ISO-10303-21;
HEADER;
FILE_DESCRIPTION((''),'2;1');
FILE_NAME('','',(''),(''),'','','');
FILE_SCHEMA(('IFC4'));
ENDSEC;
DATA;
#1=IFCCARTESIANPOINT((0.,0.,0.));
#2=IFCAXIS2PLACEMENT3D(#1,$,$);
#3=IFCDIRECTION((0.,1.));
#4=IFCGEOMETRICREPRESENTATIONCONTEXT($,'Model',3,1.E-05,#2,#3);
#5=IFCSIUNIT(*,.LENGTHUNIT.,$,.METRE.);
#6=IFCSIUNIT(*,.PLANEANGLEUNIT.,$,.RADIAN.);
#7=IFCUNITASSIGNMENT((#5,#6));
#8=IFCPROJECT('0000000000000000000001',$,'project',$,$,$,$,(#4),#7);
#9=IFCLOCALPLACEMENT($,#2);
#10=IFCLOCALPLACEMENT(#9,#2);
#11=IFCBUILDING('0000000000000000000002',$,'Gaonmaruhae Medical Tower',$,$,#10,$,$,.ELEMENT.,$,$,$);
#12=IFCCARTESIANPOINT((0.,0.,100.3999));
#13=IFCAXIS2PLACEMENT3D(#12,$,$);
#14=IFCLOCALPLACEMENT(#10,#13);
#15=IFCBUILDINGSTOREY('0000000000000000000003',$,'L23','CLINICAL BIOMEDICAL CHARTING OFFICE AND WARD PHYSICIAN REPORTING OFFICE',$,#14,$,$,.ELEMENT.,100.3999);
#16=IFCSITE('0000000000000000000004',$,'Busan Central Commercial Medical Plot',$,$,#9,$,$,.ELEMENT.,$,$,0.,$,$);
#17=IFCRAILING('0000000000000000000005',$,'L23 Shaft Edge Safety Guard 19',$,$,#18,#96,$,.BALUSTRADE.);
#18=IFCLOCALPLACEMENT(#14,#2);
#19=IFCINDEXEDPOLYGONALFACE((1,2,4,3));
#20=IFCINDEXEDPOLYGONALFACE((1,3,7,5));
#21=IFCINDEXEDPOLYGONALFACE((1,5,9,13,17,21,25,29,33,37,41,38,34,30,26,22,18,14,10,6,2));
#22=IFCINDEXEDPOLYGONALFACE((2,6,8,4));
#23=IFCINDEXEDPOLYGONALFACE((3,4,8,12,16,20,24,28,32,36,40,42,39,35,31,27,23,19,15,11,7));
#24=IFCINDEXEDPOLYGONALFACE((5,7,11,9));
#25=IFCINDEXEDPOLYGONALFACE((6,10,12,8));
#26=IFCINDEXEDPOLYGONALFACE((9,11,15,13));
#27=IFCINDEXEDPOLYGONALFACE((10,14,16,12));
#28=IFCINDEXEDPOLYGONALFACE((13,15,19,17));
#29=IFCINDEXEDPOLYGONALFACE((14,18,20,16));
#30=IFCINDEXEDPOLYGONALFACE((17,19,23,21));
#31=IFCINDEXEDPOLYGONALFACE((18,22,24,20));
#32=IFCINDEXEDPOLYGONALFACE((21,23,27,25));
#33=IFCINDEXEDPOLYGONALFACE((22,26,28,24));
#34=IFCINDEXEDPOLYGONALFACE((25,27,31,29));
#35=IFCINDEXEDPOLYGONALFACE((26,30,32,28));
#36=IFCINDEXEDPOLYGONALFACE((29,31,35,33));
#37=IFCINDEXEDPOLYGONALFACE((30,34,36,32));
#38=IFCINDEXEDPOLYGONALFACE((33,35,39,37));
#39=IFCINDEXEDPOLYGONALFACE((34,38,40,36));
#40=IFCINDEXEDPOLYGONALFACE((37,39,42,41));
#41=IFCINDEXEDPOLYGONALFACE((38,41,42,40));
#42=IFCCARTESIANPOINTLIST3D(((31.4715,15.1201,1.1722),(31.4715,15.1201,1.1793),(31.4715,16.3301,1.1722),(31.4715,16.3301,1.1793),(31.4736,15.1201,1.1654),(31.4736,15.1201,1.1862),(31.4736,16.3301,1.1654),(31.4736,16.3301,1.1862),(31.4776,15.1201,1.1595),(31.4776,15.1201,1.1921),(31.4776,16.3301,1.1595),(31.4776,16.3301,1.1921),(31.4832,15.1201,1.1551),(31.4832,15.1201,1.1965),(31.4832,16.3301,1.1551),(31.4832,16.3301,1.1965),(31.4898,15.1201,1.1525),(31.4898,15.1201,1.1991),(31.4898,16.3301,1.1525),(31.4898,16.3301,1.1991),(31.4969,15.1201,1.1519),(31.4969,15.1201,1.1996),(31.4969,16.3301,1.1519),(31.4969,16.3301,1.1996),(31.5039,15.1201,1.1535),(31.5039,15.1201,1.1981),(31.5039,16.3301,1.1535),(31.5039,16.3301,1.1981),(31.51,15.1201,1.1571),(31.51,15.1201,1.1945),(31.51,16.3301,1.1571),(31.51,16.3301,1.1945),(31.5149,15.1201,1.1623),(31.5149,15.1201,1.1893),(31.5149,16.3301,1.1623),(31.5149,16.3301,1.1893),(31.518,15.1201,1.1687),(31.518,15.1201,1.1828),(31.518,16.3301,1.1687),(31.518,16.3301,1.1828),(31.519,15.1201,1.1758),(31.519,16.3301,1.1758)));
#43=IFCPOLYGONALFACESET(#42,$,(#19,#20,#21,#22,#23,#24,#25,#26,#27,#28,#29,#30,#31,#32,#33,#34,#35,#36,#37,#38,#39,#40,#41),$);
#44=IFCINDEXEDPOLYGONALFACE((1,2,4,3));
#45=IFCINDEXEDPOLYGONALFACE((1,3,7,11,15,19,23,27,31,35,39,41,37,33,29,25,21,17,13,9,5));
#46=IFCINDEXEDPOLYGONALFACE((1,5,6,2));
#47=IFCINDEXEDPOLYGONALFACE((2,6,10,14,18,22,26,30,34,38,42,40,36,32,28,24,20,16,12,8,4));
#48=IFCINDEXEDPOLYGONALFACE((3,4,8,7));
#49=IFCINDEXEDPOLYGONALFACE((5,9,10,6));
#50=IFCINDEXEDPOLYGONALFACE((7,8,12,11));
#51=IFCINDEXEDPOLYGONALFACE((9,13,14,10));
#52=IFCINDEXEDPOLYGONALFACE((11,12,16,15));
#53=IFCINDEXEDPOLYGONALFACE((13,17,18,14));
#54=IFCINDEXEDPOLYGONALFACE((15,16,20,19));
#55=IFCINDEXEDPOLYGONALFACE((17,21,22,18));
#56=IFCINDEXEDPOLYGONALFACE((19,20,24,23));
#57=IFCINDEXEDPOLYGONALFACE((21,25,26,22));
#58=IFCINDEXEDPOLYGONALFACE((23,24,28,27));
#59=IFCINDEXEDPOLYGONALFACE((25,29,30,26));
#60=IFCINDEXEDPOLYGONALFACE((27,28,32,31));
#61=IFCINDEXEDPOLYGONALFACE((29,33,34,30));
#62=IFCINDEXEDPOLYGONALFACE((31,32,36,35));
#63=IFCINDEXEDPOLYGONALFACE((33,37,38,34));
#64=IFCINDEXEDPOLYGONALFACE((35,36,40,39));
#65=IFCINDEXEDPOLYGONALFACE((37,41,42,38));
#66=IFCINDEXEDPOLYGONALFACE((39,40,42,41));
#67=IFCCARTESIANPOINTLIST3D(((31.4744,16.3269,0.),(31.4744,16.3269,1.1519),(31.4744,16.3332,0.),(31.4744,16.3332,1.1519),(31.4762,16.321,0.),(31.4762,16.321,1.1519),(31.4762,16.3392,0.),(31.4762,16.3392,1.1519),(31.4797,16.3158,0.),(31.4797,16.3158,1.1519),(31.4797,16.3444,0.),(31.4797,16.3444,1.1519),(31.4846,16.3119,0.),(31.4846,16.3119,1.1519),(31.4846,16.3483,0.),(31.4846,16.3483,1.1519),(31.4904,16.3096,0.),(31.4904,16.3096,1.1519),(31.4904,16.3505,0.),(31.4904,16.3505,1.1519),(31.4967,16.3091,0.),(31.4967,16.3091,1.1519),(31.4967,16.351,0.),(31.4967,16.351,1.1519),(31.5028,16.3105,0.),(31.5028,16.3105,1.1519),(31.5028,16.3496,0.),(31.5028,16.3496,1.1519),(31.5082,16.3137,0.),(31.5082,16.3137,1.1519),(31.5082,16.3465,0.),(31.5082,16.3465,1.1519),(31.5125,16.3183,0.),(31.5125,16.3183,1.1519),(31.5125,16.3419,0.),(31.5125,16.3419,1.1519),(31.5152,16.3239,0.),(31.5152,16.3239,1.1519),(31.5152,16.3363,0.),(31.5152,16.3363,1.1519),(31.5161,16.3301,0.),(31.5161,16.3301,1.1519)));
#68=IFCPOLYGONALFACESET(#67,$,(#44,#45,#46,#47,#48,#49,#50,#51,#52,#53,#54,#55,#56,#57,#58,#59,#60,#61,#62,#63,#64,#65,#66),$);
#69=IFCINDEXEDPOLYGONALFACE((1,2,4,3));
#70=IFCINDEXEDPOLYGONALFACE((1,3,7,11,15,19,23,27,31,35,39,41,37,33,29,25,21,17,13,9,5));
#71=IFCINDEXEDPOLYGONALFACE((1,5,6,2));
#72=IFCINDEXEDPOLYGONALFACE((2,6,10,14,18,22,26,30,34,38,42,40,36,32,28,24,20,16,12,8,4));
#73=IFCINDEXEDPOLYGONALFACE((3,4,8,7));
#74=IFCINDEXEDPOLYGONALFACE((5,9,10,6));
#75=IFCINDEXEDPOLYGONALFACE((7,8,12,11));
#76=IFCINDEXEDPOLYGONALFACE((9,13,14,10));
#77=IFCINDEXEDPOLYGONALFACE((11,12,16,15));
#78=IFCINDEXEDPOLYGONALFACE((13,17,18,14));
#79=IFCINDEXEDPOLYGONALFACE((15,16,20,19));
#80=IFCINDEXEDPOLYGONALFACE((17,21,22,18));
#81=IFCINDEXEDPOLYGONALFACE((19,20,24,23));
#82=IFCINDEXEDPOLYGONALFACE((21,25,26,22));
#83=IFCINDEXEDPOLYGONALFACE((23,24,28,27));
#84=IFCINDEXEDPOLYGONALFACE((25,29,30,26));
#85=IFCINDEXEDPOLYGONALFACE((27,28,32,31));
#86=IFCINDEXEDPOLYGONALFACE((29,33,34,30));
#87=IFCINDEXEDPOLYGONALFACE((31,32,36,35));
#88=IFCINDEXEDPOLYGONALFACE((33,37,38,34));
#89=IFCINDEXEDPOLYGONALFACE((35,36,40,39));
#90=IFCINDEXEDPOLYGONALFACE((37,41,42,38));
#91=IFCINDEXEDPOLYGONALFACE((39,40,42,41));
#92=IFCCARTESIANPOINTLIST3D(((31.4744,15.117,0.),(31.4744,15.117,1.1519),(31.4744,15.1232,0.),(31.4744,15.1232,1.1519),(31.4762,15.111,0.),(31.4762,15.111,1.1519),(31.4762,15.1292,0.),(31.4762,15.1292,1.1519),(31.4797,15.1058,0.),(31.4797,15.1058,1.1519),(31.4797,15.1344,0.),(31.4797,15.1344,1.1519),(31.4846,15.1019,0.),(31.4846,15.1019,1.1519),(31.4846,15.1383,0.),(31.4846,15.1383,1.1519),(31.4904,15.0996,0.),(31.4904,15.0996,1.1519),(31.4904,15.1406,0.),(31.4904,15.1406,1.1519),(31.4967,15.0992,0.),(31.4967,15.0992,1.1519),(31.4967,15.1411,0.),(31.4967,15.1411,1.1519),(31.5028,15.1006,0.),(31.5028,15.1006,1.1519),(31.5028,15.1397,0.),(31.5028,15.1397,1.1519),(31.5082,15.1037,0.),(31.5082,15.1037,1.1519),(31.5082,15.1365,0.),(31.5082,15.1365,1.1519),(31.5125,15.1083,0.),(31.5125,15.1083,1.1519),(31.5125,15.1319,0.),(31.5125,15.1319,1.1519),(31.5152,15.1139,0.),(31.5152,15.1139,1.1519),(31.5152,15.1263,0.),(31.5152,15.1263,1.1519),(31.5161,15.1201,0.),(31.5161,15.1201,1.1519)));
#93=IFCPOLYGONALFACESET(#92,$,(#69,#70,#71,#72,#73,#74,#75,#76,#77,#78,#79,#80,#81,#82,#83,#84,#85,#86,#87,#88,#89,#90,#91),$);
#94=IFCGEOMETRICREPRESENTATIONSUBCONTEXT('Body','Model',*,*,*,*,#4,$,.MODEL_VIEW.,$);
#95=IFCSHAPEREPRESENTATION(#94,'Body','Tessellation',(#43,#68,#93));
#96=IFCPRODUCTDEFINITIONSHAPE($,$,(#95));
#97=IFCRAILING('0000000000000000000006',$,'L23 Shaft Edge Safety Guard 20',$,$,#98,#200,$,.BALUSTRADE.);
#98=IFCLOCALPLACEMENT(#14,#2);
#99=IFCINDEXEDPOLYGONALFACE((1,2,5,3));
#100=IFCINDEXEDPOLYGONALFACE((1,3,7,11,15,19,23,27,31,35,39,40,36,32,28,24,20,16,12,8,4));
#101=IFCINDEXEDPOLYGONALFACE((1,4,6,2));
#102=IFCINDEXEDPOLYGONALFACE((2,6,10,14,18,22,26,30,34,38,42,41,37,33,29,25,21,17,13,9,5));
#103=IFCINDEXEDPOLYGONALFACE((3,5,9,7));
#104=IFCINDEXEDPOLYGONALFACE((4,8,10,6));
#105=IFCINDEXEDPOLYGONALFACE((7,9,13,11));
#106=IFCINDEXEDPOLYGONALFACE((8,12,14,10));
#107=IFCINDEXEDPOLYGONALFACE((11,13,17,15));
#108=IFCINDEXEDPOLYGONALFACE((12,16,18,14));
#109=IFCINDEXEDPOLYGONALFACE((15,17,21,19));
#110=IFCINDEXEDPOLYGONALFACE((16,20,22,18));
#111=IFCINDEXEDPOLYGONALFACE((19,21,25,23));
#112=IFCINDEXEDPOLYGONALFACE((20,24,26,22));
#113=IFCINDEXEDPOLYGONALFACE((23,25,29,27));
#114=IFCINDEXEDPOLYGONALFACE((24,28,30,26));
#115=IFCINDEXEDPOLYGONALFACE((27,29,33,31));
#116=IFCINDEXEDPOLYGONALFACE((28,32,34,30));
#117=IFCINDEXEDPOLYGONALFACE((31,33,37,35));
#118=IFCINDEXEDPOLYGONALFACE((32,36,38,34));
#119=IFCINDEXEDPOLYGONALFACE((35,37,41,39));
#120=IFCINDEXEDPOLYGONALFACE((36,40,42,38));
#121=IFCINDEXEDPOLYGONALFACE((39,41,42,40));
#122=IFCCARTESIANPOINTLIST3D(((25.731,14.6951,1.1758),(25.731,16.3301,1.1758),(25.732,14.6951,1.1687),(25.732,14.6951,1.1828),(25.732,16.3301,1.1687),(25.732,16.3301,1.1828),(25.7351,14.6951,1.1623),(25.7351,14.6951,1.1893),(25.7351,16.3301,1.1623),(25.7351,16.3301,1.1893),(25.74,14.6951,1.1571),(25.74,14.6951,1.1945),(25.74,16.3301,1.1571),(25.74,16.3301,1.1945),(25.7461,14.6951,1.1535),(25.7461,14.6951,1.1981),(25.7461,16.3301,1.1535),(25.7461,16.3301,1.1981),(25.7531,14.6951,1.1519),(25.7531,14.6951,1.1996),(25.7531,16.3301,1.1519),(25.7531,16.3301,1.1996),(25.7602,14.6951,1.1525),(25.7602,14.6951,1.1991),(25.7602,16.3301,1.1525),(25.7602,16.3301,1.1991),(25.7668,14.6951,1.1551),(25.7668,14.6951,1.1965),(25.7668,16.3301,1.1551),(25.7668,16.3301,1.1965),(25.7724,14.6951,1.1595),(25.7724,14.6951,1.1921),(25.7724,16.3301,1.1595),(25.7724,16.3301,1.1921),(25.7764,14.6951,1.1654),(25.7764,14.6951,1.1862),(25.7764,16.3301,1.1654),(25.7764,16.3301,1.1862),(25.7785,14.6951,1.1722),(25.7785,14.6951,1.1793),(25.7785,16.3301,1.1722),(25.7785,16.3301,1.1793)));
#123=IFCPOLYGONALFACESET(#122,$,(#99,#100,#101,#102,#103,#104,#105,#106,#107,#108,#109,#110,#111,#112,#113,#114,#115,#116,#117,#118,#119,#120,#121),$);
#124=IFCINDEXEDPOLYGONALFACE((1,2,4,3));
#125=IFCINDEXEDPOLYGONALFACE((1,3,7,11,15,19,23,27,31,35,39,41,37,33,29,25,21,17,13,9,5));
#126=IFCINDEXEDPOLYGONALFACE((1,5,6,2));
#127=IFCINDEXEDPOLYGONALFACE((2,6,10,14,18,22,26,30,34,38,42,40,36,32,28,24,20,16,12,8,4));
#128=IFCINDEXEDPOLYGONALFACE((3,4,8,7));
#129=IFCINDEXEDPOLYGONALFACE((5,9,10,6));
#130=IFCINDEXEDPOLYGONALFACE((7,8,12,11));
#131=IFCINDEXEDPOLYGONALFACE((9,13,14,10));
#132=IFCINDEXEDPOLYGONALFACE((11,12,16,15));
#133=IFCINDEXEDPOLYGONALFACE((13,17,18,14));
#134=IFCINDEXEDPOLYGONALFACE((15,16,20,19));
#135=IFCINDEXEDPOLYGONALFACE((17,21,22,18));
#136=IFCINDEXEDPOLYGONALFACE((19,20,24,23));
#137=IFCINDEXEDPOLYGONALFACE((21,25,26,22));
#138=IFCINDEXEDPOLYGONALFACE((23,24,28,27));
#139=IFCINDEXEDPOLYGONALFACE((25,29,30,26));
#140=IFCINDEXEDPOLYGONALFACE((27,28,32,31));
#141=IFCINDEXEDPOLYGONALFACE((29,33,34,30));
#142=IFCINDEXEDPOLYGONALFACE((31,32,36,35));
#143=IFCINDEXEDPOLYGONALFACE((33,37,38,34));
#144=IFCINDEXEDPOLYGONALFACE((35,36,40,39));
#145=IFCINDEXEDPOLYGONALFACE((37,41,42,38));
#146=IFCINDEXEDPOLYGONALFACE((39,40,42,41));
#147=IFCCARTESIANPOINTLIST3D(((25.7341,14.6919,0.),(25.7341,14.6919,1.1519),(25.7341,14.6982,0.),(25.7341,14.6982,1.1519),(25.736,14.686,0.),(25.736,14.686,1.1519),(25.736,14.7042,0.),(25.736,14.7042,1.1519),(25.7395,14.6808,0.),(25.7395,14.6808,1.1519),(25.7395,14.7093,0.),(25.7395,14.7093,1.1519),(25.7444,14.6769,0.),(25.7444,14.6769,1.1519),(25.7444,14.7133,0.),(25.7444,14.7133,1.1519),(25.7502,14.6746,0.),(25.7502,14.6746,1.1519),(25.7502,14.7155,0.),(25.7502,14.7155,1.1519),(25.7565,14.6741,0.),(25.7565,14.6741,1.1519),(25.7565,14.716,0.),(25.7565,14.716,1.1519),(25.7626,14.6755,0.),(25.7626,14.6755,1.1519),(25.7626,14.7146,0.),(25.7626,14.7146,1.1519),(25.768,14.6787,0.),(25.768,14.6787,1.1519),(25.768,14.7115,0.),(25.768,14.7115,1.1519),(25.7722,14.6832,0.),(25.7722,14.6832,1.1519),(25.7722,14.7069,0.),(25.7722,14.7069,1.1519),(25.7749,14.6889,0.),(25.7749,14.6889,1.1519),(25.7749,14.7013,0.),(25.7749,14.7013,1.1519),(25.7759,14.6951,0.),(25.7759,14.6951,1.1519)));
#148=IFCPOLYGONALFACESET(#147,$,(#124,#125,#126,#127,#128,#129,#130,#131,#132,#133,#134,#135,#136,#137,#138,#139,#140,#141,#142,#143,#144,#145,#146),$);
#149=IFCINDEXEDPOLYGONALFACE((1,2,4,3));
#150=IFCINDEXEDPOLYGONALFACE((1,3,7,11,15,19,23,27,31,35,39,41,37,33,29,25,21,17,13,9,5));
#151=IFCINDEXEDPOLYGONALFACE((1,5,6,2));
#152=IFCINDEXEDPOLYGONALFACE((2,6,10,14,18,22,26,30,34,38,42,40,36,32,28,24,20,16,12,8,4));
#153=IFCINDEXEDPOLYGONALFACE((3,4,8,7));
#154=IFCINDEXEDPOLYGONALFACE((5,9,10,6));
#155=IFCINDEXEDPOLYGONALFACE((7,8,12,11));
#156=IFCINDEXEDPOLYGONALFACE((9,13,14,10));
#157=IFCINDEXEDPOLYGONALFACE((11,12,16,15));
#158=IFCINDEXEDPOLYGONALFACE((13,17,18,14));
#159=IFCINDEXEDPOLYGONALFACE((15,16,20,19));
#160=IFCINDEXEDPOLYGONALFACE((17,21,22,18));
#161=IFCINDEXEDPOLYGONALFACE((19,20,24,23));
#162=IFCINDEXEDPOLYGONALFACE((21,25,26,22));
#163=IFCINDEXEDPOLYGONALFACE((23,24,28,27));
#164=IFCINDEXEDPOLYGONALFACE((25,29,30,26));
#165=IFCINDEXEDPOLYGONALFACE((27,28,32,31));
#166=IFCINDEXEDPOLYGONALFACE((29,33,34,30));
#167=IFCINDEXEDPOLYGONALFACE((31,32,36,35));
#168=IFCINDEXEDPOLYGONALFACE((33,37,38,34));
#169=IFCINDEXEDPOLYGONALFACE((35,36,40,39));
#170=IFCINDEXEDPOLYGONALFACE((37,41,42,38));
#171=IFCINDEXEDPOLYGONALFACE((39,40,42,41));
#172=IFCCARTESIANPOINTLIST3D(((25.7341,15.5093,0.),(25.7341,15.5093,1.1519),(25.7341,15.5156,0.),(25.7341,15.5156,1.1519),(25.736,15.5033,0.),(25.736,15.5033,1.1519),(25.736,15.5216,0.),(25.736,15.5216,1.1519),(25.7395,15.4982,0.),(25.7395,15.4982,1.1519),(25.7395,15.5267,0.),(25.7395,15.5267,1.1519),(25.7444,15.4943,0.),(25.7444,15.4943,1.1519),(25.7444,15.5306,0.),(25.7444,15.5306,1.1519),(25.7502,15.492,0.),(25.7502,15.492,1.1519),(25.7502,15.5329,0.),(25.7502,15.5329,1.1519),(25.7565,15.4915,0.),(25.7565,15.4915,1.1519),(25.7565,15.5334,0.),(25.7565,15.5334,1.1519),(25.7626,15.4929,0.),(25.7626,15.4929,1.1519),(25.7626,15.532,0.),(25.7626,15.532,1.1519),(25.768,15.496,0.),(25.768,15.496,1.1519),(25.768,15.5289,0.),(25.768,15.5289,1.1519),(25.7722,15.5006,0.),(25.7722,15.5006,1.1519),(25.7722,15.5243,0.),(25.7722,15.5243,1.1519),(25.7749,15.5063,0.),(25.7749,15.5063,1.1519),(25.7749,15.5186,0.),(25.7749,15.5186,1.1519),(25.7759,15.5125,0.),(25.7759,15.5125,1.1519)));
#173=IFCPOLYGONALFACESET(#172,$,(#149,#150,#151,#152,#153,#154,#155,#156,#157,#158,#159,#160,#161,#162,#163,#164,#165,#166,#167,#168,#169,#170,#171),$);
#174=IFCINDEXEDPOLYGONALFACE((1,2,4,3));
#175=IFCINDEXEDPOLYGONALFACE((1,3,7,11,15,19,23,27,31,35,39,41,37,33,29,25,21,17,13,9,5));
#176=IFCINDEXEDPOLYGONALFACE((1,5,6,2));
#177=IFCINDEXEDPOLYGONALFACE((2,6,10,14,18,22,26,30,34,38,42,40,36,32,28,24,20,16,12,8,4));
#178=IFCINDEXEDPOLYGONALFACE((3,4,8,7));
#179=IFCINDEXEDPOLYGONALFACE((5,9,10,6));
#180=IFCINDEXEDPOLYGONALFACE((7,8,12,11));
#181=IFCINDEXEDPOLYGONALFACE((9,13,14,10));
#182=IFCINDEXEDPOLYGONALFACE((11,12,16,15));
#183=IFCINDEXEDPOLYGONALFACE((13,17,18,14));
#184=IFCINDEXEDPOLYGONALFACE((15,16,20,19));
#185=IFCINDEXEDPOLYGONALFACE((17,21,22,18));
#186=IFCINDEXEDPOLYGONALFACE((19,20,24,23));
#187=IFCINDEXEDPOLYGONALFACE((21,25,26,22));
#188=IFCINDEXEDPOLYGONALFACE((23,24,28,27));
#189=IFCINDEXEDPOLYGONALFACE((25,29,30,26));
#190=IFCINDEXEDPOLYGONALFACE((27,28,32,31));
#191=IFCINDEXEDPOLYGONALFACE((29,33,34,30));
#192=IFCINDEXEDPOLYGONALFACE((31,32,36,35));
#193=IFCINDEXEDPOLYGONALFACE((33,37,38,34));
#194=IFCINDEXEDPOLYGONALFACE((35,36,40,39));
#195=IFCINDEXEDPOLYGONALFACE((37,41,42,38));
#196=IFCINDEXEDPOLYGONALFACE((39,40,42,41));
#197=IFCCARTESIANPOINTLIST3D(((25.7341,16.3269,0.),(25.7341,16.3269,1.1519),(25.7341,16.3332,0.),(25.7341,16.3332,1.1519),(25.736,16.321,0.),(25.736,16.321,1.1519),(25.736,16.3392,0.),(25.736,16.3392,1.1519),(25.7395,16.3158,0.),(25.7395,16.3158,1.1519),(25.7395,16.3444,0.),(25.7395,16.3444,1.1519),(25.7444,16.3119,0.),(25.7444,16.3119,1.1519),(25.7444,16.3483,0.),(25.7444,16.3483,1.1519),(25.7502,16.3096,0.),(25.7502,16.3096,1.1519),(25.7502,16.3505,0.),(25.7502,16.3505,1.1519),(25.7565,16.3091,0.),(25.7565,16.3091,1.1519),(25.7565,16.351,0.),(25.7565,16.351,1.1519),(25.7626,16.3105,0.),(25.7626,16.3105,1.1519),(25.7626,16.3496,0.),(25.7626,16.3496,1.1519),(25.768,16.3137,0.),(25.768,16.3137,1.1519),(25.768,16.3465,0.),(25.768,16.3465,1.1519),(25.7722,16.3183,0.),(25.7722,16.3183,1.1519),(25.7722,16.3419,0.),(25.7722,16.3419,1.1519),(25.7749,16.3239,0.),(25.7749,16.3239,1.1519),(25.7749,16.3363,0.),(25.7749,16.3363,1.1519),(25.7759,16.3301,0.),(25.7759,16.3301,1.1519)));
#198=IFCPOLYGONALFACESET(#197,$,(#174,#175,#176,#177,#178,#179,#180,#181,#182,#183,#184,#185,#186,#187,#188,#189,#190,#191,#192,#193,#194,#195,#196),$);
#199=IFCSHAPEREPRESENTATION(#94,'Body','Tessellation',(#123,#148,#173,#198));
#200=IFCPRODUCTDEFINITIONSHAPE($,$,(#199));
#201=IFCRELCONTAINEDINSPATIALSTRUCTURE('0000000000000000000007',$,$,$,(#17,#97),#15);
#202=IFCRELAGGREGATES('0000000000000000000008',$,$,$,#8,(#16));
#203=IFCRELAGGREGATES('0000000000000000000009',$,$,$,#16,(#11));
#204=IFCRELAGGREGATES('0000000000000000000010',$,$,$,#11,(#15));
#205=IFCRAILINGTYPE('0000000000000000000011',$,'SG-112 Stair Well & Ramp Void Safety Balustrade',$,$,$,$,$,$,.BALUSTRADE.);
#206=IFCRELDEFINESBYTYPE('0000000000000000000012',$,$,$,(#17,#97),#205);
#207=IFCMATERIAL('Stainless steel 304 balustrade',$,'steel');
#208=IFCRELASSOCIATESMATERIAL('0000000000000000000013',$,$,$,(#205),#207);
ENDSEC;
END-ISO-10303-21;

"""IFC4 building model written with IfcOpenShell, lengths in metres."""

from ifc_helpers import new_model, si_unit, direction, frame, origin, origin_2d, place, context, subcontext, project, spatial, circle, extrude, material, type_object, element, save


model = new_model("IFC4")

# Units and contexts
model_context = context("Model", 3, precision=1e-05, world=origin(), true_north=direction((0.0, 1.0)))
body_context = subcontext(model_context, "Body", "Model", "MODEL_VIEW")
ifc_project = project(units=[si_unit("LENGTHUNIT", "METRE"), si_unit("PLANEANGLEUNIT", "RADIAN")], contexts=[model_context])

# Site, building, storey
site_placement = place(None, origin())
site = spatial("IfcSite", under=ifc_project, at=site_placement, Name="Busan Central Commercial Medical Plot", CompositionType="ELEMENT", RefElevation=0.0)
building_placement = place(site_placement, origin())
building = spatial("IfcBuilding", under=site, at=building_placement, Name="Gaonmaruhae Medical Tower", CompositionType="ELEMENT")
storey_placement = place(building_placement, frame((0.0, 0.0, 100.3999)))
storey = spatial("IfcBuildingStorey", under=building, at=storey_placement, Name="L23", Description="CLINICAL BIOMEDICAL CHARTING OFFICE AND WARD PHYSICIAN REPORTING OFFICE", CompositionType="ELEMENT", Elevation=100.3999)

# Railings
ifc_material_1 = material(Name="Stainless steel 304 balustrade", Category="steel")
railing_type_1 = type_object("IfcRailingType", Name="SG-112 Stair Well & Ramp Void Safety Balustrade", PredefinedType="BALUSTRADE", material=ifc_material_1)
railing_1_placement = place(storey_placement, frame((31.4951, 16.3301, 0.0)))
element("IfcRailing", 1, at=railing_1_placement, inside=storey, type_object=railing_type_1, Name="L23 Shaft Edge Safety Guard 19", PredefinedType="BALUSTRADE", context=body_context, shape_type="SweptSolid", body=[
    extrude(circle(Radius=0.0239, at=origin_2d()), frame((0.0, 0.0, 1.1758), z_axis=(0.0, -1.0, 0.0), x_axis=(1.0, 0.0, 0.0)), (0.0, 0.0, 1.0), 1.21),
    extrude(circle(Radius=0.021, at=origin_2d()), origin(), (0.0, 0.0, 1.0), 1.1519),
    extrude(circle(Radius=0.021, at=origin_2d()), frame((0.0, -1.21, 0.0)), (0.0, 0.0, 1.0), 1.1519),
])
railing_2_placement = place(storey_placement, frame((25.7549, 14.6951, 0.0)))
element("IfcRailing", 2, at=railing_2_placement, inside=storey, type_object=railing_type_1, Name="L23 Shaft Edge Safety Guard 20", PredefinedType="BALUSTRADE", context=body_context, shape_type="SweptSolid", body=[
    extrude(circle(Radius=0.0239, at=origin_2d()), frame((0.0, 0.0, 1.1758), z_axis=(0.0, 1.0, 0.0), x_axis=(-1.0, 0.0, 0.0)), (0.0, 0.0, 1.0), 1.635),
    extrude(circle(Radius=0.021, at=origin_2d()), origin(), (0.0, 0.0, 1.0), 1.1519),
    extrude(circle(Radius=0.021, at=origin_2d()), frame((0.0, 0.8174, 0.0)), (0.0, 0.0, 1.0), 1.1519),
    extrude(circle(Radius=0.021, at=origin_2d()), frame((0.0, 1.635, 0.0)), (0.0, 0.0, 1.0), 1.1519),
])

save(model, "model.ifc")
